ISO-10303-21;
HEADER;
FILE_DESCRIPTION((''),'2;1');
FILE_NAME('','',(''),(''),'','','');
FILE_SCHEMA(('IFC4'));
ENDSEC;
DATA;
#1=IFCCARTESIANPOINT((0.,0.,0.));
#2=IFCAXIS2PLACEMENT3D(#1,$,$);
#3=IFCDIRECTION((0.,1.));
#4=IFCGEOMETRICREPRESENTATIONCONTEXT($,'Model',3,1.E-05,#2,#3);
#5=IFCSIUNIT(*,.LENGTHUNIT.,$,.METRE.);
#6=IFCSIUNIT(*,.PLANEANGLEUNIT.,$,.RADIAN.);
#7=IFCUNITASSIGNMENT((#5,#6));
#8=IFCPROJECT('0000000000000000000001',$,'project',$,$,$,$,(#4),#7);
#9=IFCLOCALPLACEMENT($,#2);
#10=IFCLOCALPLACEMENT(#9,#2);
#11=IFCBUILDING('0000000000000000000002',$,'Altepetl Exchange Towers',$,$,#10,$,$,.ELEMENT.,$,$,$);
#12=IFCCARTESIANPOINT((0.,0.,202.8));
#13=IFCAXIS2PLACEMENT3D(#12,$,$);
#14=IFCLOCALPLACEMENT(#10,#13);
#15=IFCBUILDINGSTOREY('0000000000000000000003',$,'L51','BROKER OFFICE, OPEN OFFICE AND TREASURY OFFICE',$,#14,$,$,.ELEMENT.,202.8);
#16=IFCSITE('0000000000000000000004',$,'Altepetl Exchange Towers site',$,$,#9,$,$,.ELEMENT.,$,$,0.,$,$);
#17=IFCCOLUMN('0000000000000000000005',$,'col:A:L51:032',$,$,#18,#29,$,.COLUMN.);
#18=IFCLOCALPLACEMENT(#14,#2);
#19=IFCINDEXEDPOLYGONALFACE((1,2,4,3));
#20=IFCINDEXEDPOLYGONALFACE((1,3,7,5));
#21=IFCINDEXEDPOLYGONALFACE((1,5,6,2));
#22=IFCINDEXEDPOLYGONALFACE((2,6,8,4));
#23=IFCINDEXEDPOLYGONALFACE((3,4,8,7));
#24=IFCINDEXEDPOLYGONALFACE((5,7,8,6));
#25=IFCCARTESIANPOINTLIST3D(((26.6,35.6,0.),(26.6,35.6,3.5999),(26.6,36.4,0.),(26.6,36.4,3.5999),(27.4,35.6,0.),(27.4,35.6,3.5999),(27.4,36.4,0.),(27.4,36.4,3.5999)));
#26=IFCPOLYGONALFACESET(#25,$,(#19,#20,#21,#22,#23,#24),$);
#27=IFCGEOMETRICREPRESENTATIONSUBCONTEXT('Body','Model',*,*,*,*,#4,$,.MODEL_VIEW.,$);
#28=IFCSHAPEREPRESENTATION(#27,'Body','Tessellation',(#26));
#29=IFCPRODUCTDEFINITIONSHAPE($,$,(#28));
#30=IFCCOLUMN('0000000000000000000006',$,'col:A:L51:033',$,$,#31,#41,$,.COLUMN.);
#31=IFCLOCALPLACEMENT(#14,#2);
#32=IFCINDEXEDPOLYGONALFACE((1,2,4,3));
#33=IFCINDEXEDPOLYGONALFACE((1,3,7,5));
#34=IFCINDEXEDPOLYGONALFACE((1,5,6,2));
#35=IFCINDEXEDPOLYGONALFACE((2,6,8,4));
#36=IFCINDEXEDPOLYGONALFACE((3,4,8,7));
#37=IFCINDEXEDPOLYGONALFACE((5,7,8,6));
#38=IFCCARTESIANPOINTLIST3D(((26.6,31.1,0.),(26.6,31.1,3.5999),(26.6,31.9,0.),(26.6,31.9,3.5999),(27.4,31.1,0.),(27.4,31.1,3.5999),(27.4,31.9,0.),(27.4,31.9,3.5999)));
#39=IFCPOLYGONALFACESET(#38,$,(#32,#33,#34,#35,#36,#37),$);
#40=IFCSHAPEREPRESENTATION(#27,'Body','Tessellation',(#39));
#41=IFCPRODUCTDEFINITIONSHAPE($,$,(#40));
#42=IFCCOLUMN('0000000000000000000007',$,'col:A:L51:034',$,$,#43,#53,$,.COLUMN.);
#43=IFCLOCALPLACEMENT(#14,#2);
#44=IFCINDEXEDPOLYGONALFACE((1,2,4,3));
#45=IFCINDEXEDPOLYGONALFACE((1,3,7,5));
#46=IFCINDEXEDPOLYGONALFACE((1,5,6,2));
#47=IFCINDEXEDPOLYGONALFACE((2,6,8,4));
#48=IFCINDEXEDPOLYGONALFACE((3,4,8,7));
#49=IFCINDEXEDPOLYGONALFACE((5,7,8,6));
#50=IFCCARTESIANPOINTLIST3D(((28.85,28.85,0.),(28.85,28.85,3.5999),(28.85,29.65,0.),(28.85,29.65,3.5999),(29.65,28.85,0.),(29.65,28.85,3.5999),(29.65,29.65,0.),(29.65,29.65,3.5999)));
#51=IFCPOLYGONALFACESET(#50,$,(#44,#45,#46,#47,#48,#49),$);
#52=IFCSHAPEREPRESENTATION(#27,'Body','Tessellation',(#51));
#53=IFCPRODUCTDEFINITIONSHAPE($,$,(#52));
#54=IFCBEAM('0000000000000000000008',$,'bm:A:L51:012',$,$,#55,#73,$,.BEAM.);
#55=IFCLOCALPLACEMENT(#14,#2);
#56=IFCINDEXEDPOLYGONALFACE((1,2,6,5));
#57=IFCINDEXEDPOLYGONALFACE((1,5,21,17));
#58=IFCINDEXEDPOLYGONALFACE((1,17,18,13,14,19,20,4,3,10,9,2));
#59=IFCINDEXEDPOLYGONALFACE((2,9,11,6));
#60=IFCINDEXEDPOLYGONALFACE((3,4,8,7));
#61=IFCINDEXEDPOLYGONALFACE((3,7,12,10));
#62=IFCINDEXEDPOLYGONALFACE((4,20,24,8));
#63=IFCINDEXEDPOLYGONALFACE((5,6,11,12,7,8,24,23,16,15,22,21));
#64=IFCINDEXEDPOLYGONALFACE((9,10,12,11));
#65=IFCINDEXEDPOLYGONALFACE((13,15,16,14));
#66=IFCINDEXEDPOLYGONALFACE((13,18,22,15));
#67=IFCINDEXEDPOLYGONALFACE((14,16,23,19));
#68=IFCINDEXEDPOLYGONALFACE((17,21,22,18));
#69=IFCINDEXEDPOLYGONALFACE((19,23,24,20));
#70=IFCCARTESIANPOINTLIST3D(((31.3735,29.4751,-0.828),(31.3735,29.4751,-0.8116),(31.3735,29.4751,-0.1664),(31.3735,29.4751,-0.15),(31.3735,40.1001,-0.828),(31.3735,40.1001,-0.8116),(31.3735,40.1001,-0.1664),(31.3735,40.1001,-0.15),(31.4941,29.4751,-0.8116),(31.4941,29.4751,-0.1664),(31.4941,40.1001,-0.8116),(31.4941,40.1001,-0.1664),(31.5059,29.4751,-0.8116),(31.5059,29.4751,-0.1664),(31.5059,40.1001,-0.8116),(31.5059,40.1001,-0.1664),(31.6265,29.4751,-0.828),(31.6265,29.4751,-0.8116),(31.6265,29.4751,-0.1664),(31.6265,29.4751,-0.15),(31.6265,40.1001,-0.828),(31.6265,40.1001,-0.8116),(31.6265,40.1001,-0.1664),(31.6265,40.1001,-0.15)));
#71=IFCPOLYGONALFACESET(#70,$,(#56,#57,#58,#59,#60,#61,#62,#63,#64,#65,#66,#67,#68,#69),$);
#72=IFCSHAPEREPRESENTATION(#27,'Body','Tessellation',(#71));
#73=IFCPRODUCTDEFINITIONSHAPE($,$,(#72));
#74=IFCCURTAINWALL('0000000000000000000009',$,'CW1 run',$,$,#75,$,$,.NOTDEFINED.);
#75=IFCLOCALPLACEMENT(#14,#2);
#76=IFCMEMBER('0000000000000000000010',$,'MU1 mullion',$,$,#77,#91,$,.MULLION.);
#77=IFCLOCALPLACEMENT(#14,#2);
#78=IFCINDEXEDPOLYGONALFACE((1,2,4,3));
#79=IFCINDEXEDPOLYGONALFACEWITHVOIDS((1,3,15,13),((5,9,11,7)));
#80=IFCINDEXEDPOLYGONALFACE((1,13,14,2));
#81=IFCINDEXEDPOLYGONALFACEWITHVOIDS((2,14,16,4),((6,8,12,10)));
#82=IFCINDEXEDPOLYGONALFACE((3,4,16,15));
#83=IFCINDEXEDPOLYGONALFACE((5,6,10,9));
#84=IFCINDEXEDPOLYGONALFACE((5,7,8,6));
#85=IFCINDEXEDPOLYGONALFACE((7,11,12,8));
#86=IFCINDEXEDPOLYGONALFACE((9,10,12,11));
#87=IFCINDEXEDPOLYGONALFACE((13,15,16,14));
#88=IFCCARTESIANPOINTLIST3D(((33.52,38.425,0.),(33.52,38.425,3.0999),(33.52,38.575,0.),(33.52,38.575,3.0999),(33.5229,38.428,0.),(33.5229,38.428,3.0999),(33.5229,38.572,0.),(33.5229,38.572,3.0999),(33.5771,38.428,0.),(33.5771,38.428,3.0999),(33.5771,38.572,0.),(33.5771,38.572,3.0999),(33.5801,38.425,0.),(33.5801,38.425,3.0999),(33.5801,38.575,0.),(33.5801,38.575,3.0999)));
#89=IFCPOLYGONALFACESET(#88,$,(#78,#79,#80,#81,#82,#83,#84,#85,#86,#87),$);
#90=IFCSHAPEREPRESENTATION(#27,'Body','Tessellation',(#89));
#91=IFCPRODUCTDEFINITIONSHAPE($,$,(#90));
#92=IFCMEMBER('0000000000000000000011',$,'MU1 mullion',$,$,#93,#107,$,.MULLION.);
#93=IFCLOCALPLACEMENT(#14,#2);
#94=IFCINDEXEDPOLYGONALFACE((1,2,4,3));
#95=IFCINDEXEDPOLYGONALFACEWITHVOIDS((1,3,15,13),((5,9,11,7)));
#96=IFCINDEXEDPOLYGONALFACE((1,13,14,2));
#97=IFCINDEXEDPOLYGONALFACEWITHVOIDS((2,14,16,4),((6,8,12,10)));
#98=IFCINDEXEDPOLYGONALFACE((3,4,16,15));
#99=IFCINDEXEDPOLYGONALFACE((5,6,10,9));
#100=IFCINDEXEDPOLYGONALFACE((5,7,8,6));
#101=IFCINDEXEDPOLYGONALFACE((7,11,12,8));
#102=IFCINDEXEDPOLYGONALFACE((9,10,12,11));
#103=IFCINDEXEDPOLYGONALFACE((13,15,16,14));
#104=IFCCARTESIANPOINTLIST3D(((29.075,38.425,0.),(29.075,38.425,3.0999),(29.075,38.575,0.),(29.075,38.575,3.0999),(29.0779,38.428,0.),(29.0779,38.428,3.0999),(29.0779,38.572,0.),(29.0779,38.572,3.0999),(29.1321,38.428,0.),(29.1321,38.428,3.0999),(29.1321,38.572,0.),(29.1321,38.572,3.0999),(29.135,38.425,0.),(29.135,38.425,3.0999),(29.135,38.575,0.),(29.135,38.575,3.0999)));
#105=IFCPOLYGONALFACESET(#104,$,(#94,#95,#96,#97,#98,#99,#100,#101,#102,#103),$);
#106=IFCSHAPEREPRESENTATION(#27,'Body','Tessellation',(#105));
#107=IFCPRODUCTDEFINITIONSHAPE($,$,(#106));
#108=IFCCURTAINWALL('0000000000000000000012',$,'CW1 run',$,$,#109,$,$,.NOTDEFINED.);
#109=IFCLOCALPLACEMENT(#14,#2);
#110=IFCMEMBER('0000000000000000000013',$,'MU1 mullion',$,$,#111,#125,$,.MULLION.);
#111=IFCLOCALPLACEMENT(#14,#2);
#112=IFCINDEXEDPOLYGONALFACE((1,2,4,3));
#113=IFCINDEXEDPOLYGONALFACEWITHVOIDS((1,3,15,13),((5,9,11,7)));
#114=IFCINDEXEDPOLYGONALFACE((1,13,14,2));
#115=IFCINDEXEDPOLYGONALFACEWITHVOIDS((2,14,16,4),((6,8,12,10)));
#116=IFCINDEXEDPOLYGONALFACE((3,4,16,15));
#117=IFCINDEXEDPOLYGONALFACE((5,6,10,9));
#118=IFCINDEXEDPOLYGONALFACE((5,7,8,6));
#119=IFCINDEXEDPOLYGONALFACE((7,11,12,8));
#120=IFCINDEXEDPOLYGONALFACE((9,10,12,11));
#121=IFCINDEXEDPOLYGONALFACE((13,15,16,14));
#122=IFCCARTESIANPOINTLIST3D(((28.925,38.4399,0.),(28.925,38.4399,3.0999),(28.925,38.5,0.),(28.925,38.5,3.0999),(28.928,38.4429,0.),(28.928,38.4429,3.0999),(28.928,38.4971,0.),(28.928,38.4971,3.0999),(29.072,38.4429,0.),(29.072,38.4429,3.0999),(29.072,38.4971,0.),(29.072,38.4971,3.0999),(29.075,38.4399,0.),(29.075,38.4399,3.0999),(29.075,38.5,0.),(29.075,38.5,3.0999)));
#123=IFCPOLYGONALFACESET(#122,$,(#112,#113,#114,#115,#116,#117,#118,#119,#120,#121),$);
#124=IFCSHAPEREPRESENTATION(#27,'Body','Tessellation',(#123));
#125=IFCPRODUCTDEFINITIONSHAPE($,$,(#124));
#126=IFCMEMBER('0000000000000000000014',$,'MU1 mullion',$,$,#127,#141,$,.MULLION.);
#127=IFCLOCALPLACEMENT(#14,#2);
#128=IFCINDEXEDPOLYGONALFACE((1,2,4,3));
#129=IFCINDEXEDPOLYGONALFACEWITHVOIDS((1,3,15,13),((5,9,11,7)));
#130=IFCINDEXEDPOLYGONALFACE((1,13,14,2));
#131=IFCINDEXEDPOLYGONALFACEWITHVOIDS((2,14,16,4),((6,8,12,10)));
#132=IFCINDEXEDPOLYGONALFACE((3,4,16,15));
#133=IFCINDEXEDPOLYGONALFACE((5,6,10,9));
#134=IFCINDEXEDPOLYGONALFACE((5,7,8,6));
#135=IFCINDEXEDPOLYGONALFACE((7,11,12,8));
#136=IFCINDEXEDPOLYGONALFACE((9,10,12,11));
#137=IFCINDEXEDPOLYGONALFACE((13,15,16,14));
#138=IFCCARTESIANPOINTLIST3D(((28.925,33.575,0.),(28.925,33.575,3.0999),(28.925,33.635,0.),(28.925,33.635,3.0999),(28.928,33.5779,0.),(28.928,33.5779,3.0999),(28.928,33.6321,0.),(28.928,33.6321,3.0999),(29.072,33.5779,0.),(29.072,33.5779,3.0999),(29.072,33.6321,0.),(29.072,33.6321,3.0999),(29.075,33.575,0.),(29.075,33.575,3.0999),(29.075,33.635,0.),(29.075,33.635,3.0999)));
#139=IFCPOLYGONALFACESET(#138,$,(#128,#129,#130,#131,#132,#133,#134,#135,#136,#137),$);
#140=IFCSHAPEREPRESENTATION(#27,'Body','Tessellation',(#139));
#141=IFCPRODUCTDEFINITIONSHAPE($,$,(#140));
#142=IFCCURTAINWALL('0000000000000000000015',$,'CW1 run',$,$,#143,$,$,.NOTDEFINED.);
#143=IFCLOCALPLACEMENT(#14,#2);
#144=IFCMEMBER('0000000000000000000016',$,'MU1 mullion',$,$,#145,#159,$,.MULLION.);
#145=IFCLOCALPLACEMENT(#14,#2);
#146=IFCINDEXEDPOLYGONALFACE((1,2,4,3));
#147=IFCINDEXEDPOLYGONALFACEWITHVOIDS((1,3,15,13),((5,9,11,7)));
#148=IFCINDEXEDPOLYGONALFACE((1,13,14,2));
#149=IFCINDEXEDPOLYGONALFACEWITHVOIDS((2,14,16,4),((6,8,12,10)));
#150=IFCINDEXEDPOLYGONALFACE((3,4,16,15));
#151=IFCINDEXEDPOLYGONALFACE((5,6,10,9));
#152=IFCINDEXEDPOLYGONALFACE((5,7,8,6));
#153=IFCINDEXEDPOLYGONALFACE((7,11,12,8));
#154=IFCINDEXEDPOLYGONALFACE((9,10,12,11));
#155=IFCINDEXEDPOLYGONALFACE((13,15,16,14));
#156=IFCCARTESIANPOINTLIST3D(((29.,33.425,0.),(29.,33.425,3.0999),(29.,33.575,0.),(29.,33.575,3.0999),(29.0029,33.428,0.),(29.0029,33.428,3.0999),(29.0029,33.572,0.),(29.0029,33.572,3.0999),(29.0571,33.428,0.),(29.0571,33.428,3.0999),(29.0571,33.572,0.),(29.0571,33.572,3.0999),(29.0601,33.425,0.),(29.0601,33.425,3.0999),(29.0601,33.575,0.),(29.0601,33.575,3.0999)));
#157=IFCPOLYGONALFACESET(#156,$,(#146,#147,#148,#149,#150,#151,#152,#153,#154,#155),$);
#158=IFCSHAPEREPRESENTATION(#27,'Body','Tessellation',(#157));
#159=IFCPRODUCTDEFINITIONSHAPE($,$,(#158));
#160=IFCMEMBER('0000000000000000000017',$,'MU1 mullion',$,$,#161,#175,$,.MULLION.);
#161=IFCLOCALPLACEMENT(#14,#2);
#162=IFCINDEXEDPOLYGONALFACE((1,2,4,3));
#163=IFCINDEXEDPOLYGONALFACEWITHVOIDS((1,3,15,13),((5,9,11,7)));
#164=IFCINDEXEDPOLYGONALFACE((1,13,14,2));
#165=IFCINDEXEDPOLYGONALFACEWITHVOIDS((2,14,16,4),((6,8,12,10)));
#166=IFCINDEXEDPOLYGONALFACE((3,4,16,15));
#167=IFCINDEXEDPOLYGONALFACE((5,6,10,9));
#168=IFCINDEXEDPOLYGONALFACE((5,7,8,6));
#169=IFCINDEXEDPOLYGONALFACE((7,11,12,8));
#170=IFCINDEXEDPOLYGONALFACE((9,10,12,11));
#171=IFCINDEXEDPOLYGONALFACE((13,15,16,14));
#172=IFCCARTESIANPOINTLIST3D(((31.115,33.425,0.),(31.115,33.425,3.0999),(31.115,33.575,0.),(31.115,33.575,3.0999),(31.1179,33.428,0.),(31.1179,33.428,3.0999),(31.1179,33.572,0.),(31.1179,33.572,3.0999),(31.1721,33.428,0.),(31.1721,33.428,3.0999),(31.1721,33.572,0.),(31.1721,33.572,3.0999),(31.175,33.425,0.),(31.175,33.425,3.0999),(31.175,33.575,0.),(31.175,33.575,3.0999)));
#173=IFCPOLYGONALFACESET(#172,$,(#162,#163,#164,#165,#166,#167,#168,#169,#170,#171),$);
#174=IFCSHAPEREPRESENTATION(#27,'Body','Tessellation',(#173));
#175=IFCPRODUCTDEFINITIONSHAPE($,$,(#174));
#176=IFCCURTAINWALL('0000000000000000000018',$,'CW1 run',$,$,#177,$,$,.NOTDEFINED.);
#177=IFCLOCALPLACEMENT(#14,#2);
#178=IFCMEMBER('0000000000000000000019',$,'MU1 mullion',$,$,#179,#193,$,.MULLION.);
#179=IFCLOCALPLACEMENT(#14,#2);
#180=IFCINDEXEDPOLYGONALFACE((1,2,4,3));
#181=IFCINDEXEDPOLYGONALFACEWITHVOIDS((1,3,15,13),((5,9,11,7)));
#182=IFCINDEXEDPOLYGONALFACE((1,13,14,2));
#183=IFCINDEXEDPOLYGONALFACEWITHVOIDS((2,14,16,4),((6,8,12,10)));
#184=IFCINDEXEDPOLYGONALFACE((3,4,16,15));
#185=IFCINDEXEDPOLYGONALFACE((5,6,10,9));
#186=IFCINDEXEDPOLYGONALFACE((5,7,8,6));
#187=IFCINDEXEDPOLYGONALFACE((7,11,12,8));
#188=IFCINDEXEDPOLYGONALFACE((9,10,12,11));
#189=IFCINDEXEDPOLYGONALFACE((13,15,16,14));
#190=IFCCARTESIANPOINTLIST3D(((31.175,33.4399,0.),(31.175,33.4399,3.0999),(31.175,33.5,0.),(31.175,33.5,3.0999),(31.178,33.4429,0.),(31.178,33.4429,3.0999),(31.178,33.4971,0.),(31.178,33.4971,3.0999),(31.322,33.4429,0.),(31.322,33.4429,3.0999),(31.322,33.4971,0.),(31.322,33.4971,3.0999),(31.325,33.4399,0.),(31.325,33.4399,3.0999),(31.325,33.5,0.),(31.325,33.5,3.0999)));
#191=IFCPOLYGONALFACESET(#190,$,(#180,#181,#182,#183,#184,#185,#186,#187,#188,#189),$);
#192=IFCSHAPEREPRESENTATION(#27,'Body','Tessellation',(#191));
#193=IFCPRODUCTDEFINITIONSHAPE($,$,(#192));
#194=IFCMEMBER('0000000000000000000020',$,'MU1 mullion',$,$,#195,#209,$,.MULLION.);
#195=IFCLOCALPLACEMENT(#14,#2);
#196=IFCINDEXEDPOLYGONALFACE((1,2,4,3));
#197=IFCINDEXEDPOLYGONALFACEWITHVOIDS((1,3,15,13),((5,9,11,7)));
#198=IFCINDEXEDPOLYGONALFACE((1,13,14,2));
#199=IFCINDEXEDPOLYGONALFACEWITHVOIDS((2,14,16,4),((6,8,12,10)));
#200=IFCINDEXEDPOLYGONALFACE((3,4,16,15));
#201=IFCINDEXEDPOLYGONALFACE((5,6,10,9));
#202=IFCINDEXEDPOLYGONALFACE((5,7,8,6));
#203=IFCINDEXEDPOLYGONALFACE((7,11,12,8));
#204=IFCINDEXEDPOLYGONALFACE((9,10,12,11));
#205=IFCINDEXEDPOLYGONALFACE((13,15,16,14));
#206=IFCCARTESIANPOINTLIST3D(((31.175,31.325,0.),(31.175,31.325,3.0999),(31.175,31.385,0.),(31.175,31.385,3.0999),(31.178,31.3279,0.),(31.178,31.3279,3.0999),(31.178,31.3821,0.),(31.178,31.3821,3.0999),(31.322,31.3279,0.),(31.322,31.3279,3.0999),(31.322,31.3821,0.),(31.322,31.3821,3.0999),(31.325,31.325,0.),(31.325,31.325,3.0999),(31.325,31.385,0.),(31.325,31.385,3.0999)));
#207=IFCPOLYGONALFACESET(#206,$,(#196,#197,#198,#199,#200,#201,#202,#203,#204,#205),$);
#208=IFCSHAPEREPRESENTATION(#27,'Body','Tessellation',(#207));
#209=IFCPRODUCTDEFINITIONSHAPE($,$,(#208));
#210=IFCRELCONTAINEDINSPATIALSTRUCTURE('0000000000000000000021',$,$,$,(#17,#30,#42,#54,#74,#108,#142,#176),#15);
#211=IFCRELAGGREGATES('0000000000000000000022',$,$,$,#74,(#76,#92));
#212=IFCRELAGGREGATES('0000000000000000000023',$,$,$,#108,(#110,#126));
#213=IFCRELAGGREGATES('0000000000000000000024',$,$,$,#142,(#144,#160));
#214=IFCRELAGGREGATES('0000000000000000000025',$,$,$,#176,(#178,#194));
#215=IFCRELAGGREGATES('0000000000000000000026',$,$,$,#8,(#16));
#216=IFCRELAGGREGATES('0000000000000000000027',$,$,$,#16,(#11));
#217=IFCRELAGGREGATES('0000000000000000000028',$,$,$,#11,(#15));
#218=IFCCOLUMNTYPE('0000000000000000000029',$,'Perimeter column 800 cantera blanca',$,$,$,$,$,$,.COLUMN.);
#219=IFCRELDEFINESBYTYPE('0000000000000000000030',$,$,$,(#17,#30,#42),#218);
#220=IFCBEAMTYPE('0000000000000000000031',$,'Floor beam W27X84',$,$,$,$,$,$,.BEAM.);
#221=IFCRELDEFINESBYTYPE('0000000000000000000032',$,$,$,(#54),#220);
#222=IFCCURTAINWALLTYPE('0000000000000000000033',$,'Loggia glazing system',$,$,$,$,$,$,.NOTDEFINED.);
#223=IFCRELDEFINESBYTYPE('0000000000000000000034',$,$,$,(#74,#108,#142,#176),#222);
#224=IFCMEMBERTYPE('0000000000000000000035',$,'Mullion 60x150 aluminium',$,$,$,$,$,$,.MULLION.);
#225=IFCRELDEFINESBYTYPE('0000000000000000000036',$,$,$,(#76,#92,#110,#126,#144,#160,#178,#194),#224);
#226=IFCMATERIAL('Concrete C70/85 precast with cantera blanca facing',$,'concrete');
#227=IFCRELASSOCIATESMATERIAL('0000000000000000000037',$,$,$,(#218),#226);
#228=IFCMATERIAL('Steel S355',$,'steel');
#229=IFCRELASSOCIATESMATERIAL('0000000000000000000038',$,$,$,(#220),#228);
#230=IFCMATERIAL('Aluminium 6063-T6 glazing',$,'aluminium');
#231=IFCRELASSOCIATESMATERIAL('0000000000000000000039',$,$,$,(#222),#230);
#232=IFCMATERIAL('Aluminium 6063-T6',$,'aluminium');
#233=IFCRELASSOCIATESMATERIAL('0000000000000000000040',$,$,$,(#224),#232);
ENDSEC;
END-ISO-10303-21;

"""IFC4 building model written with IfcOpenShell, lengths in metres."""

from ifc_helpers import new_model, si_unit, direction, frame, origin, origin_2d, place, context, subcontext, project, spatial, rectangle, hollow_rectangle, i_section, extrude, material, material_profile, profile_set, type_object, element, aggregate, save


model = new_model("IFC4")

# Units and contexts
model_context = context("Model", 3, precision=1e-05, world=origin(), true_north=direction((0.0, 1.0)))
body_context = subcontext(model_context, "Body", "Model", "MODEL_VIEW")
ifc_project = project(units=[si_unit("LENGTHUNIT", "METRE"), si_unit("PLANEANGLEUNIT", "RADIAN")], contexts=[model_context])

# Site, building, storey
site_placement = place(None, origin())
site = spatial("IfcSite", under=ifc_project, at=site_placement, Name="Altepetl Exchange Towers site", CompositionType="ELEMENT", RefElevation=0.0)
building_placement = place(site_placement, origin())
building = spatial("IfcBuilding", under=site, at=building_placement, Name="Altepetl Exchange Towers", CompositionType="ELEMENT")
storey_placement = place(building_placement, frame((0.0, 0.0, 202.8)))
storey = spatial("IfcBuildingStorey", under=building, at=storey_placement, Name="L51", Description="BROKER OFFICE, OPEN OFFICE AND TREASURY OFFICE", CompositionType="ELEMENT", Elevation=202.8)

# Columns
ifc_material_1 = material(Name="Concrete C70/85 precast with cantera blanca facing", Category="concrete")
ifc_material_profile_1 = material_profile(ifc_material_1, rectangle(XDim=0.8, YDim=0.8, at=origin_2d()), Name="800 x 800")
ifc_profile_set_1 = profile_set([ifc_material_profile_1], Name="Concrete C70/85 precast with cantera blanca facing")
column_type = type_object("IfcColumnType", Name="Perimeter column 800 cantera blanca", PredefinedType="COLUMN", material=ifc_profile_set_1)
for number, where, name in (
    (1, (27.0, 36.0, 0.0), "col:A:L51:032"),
    (2, (27.0, 31.5, 0.0), "col:A:L51:033"),
    (3, (29.25, 29.25, 0.0), "col:A:L51:034"),
):
    element("IfcColumn", number, at=place(storey_placement, frame(where)), inside=storey, type_object=column_type, Name=name, PredefinedType="COLUMN", context=body_context, shape_type="SweptSolid", body=[
        extrude(rectangle(XDim=0.8, YDim=0.8, at=origin_2d()), origin(), (0.0, 0.0, 1.0), 3.5999),
    ])

# Beam
ifc_material_2 = material(Name="Steel S355", Category="steel")
ifc_material_profile_2 = material_profile(ifc_material_2, i_section(OverallWidth=0.2529, OverallDepth=0.678, WebThickness=0.0117, FlangeThickness=0.0164, at=origin_2d()), Name="W27X84")
ifc_profile_set_2 = profile_set([ifc_material_profile_2], Name="Steel S355")
beam_type_1 = type_object("IfcBeamType", Name="Floor beam W27X84", PredefinedType="BEAM", material=ifc_profile_set_2)
beam_1_placement = place(storey_placement, frame((31.5, 29.4751, -0.489), z_axis=(0.0, 1.0, 0.0), x_axis=(-1.0, 0.0, 0.0)))
element("IfcBeam", 4, at=beam_1_placement, inside=storey, type_object=beam_type_1, Name="bm:A:L51:012", PredefinedType="BEAM", context=body_context, shape_type="SweptSolid", body=[
    extrude(i_section(OverallWidth=0.2529, OverallDepth=0.678, WebThickness=0.0117, FlangeThickness=0.0164, at=origin_2d()), origin(), (0.0, 0.0, 1.0), 10.625),
])

# Curtain walls, members
ifc_material_3 = material(Name="Aluminium 6063-T6 glazing", Category="aluminium")
curtain_wall_type = type_object("IfcCurtainWallType", Name="Loggia glazing system", PredefinedType="NOTDEFINED", material=ifc_material_3)
curtain_wall_1_placement = place(storey_placement, origin())
curtain_wall_1 = element("IfcCurtainWall", 5, at=curtain_wall_1_placement, inside=storey, type_object=curtain_wall_type, Name="CW1 run", PredefinedType="NOTDEFINED")
ifc_material_4 = material(Name="Aluminium 6063-T6", Category="aluminium")
ifc_material_profile_3 = material_profile(ifc_material_4, hollow_rectangle(XDim=0.0601, YDim=0.1499, WallThickness=0.0029, at=origin_2d()), Name="Mullion 60x150 aluminium")
ifc_profile_set_3 = profile_set([ifc_material_profile_3], Name="Aluminium 6063-T6")
member_type = type_object("IfcMemberType", Name="Mullion 60x150 aluminium", PredefinedType="MULLION", material=ifc_profile_set_3)
member_1_placement = place(storey_placement, frame((33.55, 38.5, 0.0), z_axis=(0.0, 0.0, 1.0), x_axis=(-1.0, 0.0, 0.0)))
member_1 = element("IfcMember", 6, at=member_1_placement, type_object=member_type, Name="MU1 mullion", PredefinedType="MULLION", context=body_context, shape_type="SweptSolid", body=[
    extrude(hollow_rectangle(XDim=0.0601, YDim=0.1499, WallThickness=0.0029, at=origin_2d()), origin(), (0.0, 0.0, 1.0), 3.0999),
])
member_2_placement = place(storey_placement, frame((29.105, 38.5, 0.0), z_axis=(0.0, 0.0, 1.0), x_axis=(-1.0, 0.0, 0.0)))
member_2 = element("IfcMember", 7, at=member_2_placement, type_object=member_type, Name="MU1 mullion", PredefinedType="MULLION", context=body_context, shape_type="SweptSolid", body=[
    extrude(hollow_rectangle(XDim=0.0601, YDim=0.1499, WallThickness=0.0029, at=origin_2d()), origin(), (0.0, 0.0, 1.0), 3.0999),
])
curtain_wall_2_placement = place(storey_placement, origin())
curtain_wall_2 = element("IfcCurtainWall", 8, at=curtain_wall_2_placement, inside=storey, type_object=curtain_wall_type, Name="CW1 run", PredefinedType="NOTDEFINED")
member_3_placement = place(storey_placement, frame((29.0, 38.47, 0.0), z_axis=(0.0, 0.0, 1.0), x_axis=(0.0, -1.0, 0.0)))
member_3 = element("IfcMember", 9, at=member_3_placement, type_object=member_type, Name="MU1 mullion", PredefinedType="MULLION", context=body_context, shape_type="SweptSolid", body=[
    extrude(hollow_rectangle(XDim=0.0601, YDim=0.1499, WallThickness=0.0029, at=origin_2d()), origin(), (0.0, 0.0, 1.0), 3.0999),
])
member_4_placement = place(storey_placement, frame((29.0, 33.605, 0.0), z_axis=(0.0, 0.0, 1.0), x_axis=(0.0, -1.0, 0.0)))
member_4 = element("IfcMember", 10, at=member_4_placement, type_object=member_type, Name="MU1 mullion", PredefinedType="MULLION", context=body_context, shape_type="SweptSolid", body=[
    extrude(hollow_rectangle(XDim=0.0601, YDim=0.1499, WallThickness=0.0029, at=origin_2d()), origin(), (0.0, 0.0, 1.0), 3.0999),
])
curtain_wall_3_placement = place(storey_placement, origin())
curtain_wall_3 = element("IfcCurtainWall", 11, at=curtain_wall_3_placement, inside=storey, type_object=curtain_wall_type, Name="CW1 run", PredefinedType="NOTDEFINED")
member_5_placement = place(storey_placement, frame((29.03, 33.5, 0.0)))
member_5 = element("IfcMember", 12, at=member_5_placement, type_object=member_type, Name="MU1 mullion", PredefinedType="MULLION", context=body_context, shape_type="SweptSolid", body=[
    extrude(hollow_rectangle(XDim=0.0601, YDim=0.1499, WallThickness=0.0029, at=origin_2d()), origin(), (0.0, 0.0, 1.0), 3.0999),
])
member_6_placement = place(storey_placement, frame((31.145, 33.5, 0.0)))
member_6 = element("IfcMember", 13, at=member_6_placement, type_object=member_type, Name="MU1 mullion", PredefinedType="MULLION", context=body_context, shape_type="SweptSolid", body=[
    extrude(hollow_rectangle(XDim=0.0601, YDim=0.1499, WallThickness=0.0029, at=origin_2d()), origin(), (0.0, 0.0, 1.0), 3.0999),
])
curtain_wall_4_placement = place(storey_placement, origin())
curtain_wall_4 = element("IfcCurtainWall", 14, at=curtain_wall_4_placement, inside=storey, type_object=curtain_wall_type, Name="CW1 run", PredefinedType="NOTDEFINED")
member_7_placement = place(storey_placement, frame((31.25, 33.47, 0.0), z_axis=(0.0, 0.0, 1.0), x_axis=(0.0, -1.0, 0.0)))
member_7 = element("IfcMember", 15, at=member_7_placement, type_object=member_type, Name="MU1 mullion", PredefinedType="MULLION", context=body_context, shape_type="SweptSolid", body=[
    extrude(hollow_rectangle(XDim=0.0601, YDim=0.1499, WallThickness=0.0029, at=origin_2d()), origin(), (0.0, 0.0, 1.0), 3.0999),
])
member_8_placement = place(storey_placement, frame((31.25, 31.355, 0.0), z_axis=(0.0, 0.0, 1.0), x_axis=(0.0, -1.0, 0.0)))
member_8 = element("IfcMember", 16, at=member_8_placement, type_object=member_type, Name="MU1 mullion", PredefinedType="MULLION", context=body_context, shape_type="SweptSolid", body=[
    extrude(hollow_rectangle(XDim=0.0601, YDim=0.1499, WallThickness=0.0029, at=origin_2d()), origin(), (0.0, 0.0, 1.0), 3.0999),
])

aggregate(curtain_wall_1, [member_1, member_2])
aggregate(curtain_wall_2, [member_3, member_4])
aggregate(curtain_wall_3, [member_5, member_6])
aggregate(curtain_wall_4, [member_7, member_8])

save(model, "model.ifc")
